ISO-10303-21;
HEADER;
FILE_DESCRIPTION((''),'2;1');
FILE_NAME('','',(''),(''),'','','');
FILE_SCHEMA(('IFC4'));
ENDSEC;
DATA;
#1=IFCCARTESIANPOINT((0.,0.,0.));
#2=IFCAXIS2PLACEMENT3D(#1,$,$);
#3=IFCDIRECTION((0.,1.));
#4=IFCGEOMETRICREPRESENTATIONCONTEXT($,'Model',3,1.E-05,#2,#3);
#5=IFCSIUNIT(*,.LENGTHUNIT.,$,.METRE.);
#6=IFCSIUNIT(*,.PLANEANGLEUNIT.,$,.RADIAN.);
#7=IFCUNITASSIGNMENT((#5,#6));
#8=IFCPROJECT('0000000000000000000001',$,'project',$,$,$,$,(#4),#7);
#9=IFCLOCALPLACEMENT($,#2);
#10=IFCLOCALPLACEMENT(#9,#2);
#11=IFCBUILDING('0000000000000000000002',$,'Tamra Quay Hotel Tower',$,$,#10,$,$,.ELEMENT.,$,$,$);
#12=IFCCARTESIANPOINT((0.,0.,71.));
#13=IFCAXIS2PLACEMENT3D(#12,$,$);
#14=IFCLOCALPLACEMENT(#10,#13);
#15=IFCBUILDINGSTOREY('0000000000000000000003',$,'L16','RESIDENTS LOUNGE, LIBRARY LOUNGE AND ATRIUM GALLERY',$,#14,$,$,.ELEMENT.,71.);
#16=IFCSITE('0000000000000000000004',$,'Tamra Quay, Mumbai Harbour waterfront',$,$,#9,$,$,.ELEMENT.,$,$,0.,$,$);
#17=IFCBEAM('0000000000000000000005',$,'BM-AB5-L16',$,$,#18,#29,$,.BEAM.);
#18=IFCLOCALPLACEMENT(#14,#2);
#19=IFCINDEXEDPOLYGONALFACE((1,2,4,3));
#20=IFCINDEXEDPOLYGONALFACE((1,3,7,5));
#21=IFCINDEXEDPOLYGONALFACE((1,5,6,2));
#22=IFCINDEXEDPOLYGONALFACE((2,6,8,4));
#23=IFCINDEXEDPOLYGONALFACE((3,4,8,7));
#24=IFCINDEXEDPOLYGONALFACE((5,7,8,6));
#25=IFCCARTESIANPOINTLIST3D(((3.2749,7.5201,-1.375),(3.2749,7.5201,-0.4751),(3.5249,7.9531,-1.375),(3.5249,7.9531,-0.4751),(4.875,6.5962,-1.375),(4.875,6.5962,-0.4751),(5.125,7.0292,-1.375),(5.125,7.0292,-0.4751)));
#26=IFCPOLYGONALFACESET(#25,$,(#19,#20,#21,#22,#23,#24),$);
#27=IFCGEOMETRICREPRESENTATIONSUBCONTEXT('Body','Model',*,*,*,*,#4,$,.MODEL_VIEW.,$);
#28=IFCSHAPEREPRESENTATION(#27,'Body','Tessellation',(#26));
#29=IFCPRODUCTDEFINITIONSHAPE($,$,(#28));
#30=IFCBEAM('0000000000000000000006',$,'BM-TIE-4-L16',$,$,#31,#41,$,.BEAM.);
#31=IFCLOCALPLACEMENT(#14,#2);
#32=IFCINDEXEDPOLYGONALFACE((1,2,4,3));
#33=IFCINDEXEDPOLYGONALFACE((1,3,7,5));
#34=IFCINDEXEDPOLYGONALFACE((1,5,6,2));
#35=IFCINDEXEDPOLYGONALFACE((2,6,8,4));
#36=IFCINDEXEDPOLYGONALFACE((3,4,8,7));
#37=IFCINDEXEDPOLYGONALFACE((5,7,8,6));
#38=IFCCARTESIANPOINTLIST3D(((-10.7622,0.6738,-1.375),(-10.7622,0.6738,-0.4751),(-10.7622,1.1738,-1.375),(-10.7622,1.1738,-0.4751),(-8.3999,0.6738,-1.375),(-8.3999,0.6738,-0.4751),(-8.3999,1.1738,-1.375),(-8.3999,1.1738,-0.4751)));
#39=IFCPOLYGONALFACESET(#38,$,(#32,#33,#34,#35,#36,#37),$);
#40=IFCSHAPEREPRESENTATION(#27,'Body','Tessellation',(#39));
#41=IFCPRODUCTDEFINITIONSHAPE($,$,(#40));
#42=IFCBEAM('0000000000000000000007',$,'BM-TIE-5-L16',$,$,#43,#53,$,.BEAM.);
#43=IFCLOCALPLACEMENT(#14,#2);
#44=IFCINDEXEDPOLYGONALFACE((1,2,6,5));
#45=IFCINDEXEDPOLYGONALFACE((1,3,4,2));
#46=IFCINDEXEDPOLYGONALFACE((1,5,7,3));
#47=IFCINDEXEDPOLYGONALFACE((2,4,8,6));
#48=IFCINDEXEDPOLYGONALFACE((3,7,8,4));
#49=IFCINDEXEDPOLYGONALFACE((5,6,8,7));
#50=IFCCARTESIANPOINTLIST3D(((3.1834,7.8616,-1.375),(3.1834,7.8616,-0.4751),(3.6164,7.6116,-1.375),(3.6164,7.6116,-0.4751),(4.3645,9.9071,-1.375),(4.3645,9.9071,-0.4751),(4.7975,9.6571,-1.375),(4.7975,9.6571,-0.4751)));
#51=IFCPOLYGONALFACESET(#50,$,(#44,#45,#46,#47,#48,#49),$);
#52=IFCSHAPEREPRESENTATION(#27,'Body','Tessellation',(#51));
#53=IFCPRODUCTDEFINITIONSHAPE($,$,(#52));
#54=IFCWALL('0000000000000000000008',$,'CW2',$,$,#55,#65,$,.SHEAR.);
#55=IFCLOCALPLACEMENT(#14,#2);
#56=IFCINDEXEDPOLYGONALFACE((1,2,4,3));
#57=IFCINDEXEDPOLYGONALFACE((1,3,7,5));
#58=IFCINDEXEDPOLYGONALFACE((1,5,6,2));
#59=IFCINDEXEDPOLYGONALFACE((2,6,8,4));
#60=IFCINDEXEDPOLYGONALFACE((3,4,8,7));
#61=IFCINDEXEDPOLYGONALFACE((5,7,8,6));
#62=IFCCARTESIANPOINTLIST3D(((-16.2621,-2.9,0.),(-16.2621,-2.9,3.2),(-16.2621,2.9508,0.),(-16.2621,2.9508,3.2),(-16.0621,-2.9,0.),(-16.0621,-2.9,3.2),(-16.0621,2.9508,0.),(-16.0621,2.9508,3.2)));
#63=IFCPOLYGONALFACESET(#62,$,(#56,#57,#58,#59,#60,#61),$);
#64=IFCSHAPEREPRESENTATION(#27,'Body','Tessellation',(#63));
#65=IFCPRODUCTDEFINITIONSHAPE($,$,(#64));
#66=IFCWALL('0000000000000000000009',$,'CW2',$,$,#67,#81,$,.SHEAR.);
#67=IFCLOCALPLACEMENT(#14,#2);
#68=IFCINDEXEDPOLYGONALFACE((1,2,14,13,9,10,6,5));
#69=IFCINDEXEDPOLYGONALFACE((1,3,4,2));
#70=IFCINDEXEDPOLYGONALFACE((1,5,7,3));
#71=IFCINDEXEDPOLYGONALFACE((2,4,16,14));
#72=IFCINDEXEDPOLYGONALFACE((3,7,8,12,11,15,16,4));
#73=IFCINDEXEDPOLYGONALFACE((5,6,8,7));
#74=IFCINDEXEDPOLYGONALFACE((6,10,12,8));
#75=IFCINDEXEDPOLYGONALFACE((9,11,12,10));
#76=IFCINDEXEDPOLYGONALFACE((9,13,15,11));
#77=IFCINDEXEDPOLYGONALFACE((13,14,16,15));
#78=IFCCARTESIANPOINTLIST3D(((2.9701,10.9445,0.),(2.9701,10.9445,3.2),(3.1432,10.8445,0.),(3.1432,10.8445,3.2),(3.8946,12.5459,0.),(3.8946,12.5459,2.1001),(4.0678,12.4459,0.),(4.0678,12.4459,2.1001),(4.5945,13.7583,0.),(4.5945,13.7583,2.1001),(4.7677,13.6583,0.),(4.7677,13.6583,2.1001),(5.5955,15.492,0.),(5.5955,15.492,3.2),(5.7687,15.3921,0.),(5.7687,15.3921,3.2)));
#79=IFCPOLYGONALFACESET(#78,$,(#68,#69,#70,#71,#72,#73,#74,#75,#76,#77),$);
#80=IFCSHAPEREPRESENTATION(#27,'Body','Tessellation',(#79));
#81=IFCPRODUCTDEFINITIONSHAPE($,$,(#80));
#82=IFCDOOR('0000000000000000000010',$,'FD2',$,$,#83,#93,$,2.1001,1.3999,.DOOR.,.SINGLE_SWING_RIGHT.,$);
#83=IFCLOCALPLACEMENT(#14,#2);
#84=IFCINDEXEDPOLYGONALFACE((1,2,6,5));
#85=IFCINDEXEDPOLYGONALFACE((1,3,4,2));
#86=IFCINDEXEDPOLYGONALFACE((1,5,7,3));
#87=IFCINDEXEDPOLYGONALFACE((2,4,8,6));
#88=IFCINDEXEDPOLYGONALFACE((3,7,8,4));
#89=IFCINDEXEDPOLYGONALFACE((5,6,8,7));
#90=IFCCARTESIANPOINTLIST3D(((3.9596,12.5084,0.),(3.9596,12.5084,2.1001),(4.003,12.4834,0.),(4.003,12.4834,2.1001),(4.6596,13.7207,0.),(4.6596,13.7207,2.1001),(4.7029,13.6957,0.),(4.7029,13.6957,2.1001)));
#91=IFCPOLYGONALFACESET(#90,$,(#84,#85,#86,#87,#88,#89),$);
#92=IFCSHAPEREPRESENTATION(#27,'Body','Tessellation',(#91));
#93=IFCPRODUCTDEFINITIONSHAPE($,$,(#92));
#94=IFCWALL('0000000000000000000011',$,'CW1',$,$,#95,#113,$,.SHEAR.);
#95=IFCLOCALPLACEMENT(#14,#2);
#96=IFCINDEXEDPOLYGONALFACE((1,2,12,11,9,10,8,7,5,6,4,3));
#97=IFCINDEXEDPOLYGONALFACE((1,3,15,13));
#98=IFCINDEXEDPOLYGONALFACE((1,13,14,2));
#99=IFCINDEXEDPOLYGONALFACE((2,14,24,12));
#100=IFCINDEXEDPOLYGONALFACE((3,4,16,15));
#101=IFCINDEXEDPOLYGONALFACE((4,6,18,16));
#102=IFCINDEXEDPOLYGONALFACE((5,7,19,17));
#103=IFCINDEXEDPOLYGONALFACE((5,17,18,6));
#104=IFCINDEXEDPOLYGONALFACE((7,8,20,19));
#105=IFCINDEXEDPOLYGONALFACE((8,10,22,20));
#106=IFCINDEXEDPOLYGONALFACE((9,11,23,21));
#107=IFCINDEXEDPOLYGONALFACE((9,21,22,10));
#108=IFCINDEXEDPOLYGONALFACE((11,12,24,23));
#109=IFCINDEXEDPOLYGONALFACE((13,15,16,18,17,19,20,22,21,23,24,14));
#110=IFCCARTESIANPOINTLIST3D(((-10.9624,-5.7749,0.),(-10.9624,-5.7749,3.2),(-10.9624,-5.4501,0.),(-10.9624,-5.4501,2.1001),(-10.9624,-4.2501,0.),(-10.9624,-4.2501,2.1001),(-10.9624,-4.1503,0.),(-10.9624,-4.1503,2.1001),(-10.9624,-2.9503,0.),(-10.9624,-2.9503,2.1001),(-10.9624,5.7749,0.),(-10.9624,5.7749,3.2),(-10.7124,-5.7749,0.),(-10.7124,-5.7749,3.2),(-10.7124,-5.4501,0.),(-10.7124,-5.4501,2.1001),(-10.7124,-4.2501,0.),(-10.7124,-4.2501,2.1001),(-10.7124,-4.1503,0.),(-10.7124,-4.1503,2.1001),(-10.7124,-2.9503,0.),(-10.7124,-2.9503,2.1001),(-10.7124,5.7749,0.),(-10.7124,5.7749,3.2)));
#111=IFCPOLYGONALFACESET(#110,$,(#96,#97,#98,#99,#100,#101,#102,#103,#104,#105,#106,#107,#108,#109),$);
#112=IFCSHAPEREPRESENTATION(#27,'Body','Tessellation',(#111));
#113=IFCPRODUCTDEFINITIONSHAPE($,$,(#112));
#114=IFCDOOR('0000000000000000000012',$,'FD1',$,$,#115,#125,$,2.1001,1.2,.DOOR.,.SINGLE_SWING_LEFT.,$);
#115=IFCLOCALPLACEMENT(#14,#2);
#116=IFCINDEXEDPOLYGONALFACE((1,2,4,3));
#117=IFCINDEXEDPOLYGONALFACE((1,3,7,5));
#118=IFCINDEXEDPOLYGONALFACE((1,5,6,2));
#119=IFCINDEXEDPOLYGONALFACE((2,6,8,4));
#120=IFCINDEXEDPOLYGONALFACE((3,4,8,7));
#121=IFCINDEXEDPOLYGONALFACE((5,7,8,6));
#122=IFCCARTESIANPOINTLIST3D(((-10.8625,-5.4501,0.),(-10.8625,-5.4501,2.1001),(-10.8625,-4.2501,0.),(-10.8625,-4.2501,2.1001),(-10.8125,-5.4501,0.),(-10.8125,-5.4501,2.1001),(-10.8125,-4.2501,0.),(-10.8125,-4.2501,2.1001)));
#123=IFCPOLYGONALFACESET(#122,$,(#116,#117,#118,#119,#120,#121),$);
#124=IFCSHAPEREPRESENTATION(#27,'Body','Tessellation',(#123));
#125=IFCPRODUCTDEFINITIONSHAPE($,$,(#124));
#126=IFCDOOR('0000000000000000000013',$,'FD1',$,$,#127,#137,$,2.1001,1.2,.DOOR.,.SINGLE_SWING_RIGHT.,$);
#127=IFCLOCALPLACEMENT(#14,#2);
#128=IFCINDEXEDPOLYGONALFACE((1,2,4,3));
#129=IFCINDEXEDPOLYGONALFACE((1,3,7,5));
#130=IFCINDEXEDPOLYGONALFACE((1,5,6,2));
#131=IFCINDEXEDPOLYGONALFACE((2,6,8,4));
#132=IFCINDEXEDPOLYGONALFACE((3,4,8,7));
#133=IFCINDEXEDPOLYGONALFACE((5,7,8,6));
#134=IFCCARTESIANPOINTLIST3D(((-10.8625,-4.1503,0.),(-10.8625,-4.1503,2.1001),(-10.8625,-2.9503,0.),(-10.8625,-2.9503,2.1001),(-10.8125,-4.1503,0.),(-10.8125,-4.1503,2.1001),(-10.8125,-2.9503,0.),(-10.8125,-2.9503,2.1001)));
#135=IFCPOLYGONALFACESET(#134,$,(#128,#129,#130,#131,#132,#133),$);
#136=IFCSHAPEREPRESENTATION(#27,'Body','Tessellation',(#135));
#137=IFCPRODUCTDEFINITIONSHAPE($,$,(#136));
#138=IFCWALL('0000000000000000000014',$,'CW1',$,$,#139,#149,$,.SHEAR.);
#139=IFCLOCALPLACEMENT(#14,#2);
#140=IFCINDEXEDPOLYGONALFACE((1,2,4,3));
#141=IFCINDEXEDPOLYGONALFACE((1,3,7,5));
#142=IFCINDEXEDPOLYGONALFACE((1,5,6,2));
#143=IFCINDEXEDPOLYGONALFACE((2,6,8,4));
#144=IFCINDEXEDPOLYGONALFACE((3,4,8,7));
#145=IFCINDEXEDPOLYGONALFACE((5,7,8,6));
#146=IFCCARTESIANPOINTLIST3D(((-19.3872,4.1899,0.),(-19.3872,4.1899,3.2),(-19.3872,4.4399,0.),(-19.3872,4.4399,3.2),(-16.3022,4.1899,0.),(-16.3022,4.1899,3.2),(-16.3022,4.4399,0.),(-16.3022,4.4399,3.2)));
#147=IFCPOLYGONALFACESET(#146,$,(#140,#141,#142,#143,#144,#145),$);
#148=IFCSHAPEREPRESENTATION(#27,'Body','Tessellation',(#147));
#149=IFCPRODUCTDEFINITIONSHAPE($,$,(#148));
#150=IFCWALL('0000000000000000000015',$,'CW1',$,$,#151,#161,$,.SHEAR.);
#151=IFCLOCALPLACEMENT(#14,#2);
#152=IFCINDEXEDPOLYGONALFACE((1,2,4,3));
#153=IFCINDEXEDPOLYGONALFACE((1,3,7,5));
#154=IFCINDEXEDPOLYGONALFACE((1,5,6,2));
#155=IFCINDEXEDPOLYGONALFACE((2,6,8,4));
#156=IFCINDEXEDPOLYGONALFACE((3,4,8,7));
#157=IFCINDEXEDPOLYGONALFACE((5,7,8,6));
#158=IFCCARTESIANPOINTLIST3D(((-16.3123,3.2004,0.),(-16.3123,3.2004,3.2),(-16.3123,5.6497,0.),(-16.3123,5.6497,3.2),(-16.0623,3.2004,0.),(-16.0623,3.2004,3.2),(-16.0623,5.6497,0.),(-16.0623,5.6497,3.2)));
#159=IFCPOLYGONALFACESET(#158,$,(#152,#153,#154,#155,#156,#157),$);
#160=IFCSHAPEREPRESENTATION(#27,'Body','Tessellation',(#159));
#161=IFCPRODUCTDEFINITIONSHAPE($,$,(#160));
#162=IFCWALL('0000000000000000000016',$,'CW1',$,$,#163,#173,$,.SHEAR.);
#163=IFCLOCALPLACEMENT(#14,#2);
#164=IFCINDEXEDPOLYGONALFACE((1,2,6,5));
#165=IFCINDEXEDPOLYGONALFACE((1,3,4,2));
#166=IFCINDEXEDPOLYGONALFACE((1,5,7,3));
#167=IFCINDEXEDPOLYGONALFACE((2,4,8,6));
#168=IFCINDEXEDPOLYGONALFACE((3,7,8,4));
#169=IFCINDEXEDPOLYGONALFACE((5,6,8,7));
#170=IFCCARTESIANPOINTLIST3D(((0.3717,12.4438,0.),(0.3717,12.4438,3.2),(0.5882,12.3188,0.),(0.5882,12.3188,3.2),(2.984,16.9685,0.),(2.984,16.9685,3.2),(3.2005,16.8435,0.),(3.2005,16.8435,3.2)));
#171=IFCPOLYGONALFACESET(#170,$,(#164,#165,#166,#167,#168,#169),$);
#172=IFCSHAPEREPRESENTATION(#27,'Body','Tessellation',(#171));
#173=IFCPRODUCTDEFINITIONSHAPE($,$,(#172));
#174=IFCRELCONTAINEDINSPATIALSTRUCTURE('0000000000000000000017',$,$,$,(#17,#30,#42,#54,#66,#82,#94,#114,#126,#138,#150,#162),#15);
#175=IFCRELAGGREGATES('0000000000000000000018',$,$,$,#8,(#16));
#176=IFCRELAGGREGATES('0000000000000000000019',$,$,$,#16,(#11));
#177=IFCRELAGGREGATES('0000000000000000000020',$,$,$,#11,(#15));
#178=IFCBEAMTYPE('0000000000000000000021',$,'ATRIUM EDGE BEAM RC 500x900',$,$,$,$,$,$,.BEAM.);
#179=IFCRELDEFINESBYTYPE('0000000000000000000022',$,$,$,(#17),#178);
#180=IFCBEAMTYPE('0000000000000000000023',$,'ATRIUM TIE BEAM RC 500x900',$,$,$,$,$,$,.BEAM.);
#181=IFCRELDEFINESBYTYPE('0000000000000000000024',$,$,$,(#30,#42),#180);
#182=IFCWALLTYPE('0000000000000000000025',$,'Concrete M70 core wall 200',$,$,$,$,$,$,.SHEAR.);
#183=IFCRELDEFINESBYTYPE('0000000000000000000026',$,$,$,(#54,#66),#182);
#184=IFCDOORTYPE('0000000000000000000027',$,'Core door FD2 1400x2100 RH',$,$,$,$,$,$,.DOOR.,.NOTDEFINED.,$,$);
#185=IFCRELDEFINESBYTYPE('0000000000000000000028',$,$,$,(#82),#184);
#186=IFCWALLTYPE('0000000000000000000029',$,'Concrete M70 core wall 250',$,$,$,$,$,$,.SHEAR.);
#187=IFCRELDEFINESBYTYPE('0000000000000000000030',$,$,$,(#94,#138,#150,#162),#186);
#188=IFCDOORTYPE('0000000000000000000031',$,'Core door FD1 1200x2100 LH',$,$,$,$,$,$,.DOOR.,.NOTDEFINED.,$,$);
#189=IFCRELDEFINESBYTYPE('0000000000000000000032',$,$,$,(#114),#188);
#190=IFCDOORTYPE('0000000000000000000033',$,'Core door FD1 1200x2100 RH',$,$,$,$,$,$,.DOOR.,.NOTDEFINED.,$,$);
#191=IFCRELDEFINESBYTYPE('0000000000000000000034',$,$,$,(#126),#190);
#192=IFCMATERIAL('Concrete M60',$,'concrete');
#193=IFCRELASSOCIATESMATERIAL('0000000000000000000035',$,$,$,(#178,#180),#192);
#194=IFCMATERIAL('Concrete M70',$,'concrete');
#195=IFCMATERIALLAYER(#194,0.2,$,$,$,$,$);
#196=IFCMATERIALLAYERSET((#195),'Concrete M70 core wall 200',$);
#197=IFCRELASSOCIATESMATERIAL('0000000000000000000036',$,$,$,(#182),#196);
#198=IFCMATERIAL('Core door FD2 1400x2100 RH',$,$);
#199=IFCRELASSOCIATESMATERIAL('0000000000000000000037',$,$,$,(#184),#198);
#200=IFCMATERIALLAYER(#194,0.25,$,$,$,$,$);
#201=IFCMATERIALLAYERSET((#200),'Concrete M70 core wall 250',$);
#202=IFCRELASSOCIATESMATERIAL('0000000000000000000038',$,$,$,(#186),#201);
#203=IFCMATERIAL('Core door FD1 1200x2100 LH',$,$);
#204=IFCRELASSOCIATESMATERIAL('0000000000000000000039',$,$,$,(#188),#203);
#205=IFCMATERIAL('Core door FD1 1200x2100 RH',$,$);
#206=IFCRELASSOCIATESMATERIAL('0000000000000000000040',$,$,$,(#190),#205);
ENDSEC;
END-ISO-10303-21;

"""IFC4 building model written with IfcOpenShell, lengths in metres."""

from ifc_helpers import new_model, si_unit, direction, frame, frame_2d, origin, origin_2d, place, context, subcontext, project, spatial, rectangle, extrude, material, layer, layer_set, material_profile, profile_set, type_object, element, fill, save


model = new_model("IFC4")

# Units and contexts
model_context = context("Model", 3, precision=1e-05, world=origin(), true_north=direction((0.0, 1.0)))
body_context = subcontext(model_context, "Body", "Model", "MODEL_VIEW")
ifc_project = project(units=[si_unit("LENGTHUNIT", "METRE"), si_unit("PLANEANGLEUNIT", "RADIAN")], contexts=[model_context])

# Site, building, storey
site_placement = place(None, origin())
site = spatial("IfcSite", under=ifc_project, at=site_placement, Name="Tamra Quay, Mumbai Harbour waterfront", CompositionType="ELEMENT", RefElevation=0.0)
building_placement = place(site_placement, origin())
building = spatial("IfcBuilding", under=site, at=building_placement, Name="Tamra Quay Hotel Tower", CompositionType="ELEMENT")
storey_placement = place(building_placement, frame((0.0, 0.0, 71.0)))
storey = spatial("IfcBuildingStorey", under=building, at=storey_placement, Name="L16", Description="RESIDENTS LOUNGE, LIBRARY LOUNGE AND ATRIUM GALLERY", CompositionType="ELEMENT", Elevation=71.0)

# Beams
ifc_material_1 = material(Name="Concrete M60", Category="concrete")
ifc_material_profile_1 = material_profile(ifc_material_1, rectangle(XDim=0.5, YDim=0.8999, at=origin_2d()), Name="ATRIUM EDGE BEAM RC 500x900")
ifc_profile_set_1 = profile_set([ifc_material_profile_1], Name="Concrete M60")
beam_type_1 = type_object("IfcBeamType", Name="ATRIUM EDGE BEAM RC 500x900", PredefinedType="BEAM", material=ifc_profile_set_1)
beam_1_placement = place(storey_placement, frame((3.3999, 7.7366, -0.925), z_axis=(0.866023, -0.500005, 0.0), x_axis=(0.500005, 0.866023, 0.0)))
element("IfcBeam", 1, at=beam_1_placement, inside=storey, type_object=beam_type_1, Name="BM-AB5-L16", PredefinedType="BEAM", context=body_context, shape_type="SweptSolid", body=[
    extrude(rectangle(XDim=0.5, YDim=0.8999, at=origin_2d()), origin(), (0.0, 0.0, 1.0), 1.8477),
])
ifc_material_profile_2 = material_profile(ifc_material_1, rectangle(XDim=0.5, YDim=0.8999, at=origin_2d()), Name="ATRIUM TIE BEAM RC 500x900")
ifc_profile_set_2 = profile_set([ifc_material_profile_2], Name="Concrete M60")
beam_type_2 = type_object("IfcBeamType", Name="ATRIUM TIE BEAM RC 500x900", PredefinedType="BEAM", material=ifc_profile_set_2)
beam_2_placement = place(storey_placement, frame((-8.3999, 0.9238, -0.925), z_axis=(-1.0, 0.0, 0.0), x_axis=(0.0, -1.0, 0.0)))
element("IfcBeam", 2, at=beam_2_placement, inside=storey, type_object=beam_type_2, Name="BM-TIE-4-L16", PredefinedType="BEAM", context=body_context, shape_type="SweptSolid", body=[
    extrude(rectangle(XDim=0.5, YDim=0.8999, at=origin_2d()), origin(), (0.0, 0.0, 1.0), 2.3623),
])
beam_3_placement = place(storey_placement, frame((3.3999, 7.7366, -0.925), z_axis=(0.50003, 0.866008, 0.0), x_axis=(-0.866008, 0.50003, 0.0)))
element("IfcBeam", 3, at=beam_3_placement, inside=storey, type_object=beam_type_2, Name="BM-TIE-5-L16", PredefinedType="BEAM", context=body_context, shape_type="SweptSolid", body=[
    extrude(rectangle(XDim=0.5, YDim=0.8999, at=origin_2d()), origin(), (0.0, 0.0, 1.0), 2.3621),
])

# Wall
ifc_material_2 = material(Name="Concrete M70", Category="concrete")
ifc_layer_1 = layer(ifc_material_2, 0.2)
ifc_layer_set_1 = layer_set([ifc_layer_1], Name="Concrete M70 core wall 200")
wall_type_1 = type_object("IfcWallType", Name="Concrete M70 core wall 200", PredefinedType="SHEAR", material=ifc_layer_set_1)
wall_1_placement = place(storey_placement, frame((-16.1621, 2.9507, 0.0), z_axis=(0.0, 0.0, 1.0), x_axis=(0.0, -1.0, 0.0)))
element("IfcWall", 4, at=wall_1_placement, inside=storey, type_object=wall_type_1, Name="CW2", PredefinedType="SHEAR", context=body_context, shape_type="SweptSolid", body=[
    extrude(rectangle(XDim=5.8508, YDim=0.2, at=frame_2d((2.9253, 0.0))), origin(), (0.0, 0.0, 1.0), 3.2),
])

# Wall, opening, door
wall_2_placement = place(storey_placement, frame((3.0566, 10.8945, 0.0), z_axis=(0.0, 0.0, 1.0), x_axis=(0.499989, 0.866032, 0.0)))
wall_2 = element("IfcWall", 5, at=wall_2_placement, inside=storey, type_object=wall_type_1, Name="CW2", PredefinedType="SHEAR", context=body_context, shape_type="SweptSolid", body=[
    extrude(rectangle(XDim=5.251, YDim=0.2, at=frame_2d((2.6255, 0.0))), origin(), (0.0, 0.0, 1.0), 3.2),
])
opening_1_placement = place(wall_2_placement, frame((1.8491, 0.0, 0.0)))
opening_1 = element("IfcOpeningElement", 6, at=opening_1_placement, cuts=wall_2, PredefinedType="OPENING", context=body_context, shape_type="SweptSolid", body=[
    extrude(rectangle(XDim=1.3999, YDim=2.1001, at=frame_2d((0.7, 1.05))), frame((0.0, 0.1099, 0.0), z_axis=(0.0, -1.0, 0.0), x_axis=(1.0, 0.0, 0.0)), (0.0, 0.0, 1.0), 0.22),
])
ifc_material_3 = material(Name="Core door FD2 1400x2100 RH")
door_type_1 = type_object("IfcDoorType", Name="Core door FD2 1400x2100 RH", OperationType="NOTDEFINED", PredefinedType="DOOR", material=ifc_material_3)
door_1_placement = place(opening_1_placement, origin())
door_1 = element("IfcDoor", 7, at=door_1_placement, inside=storey, type_object=door_type_1, Name="FD2", OperationType="SINGLE_SWING_RIGHT", OverallHeight=2.1001, OverallWidth=1.3999, PredefinedType="DOOR", context=body_context, shape_type="SweptSolid", body=[
    extrude(rectangle(XDim=1.3999, YDim=2.1001, at=frame_2d((0.7, 1.05))), frame((0.0, 0.0249, 0.0), z_axis=(0.0, -1.0, 0.0), x_axis=(1.0, 0.0, 0.0)), (0.0, 0.0, 1.0), 0.05),
])
fill(opening_1, door_1)

# Wall, openings, doors
ifc_layer_2 = layer(ifc_material_2, 0.25)
ifc_layer_set_2 = layer_set([ifc_layer_2], Name="Concrete M70 core wall 250")
wall_type_2 = type_object("IfcWallType", Name="Concrete M70 core wall 250", PredefinedType="SHEAR", material=ifc_layer_set_2)
wall_3_placement = place(storey_placement, frame((-10.8374, 5.7749, 0.0), z_axis=(0.0, 0.0, 1.0), x_axis=(0.0, -1.0, 0.0)))
wall_3 = element("IfcWall", 8, at=wall_3_placement, inside=storey, type_object=wall_type_2, Name="CW1", PredefinedType="SHEAR", context=body_context, shape_type="SweptSolid", body=[
    extrude(rectangle(XDim=11.5498, YDim=0.25, at=frame_2d((5.7749, 0.0))), origin(), (0.0, 0.0, 1.0), 3.2),
])
opening_2_placement = place(wall_3_placement, frame((10.0249, 0.0, 0.0)))
opening_2 = element("IfcOpeningElement", 9, at=opening_2_placement, cuts=wall_3, PredefinedType="OPENING", context=body_context, shape_type="SweptSolid", body=[
    extrude(rectangle(XDim=1.2, YDim=2.1001, at=frame_2d((0.6001, 1.05))), frame((0.0, 0.135, 0.0), z_axis=(0.0, -1.0, 0.0), x_axis=(1.0, 0.0, 0.0)), (0.0, 0.0, 1.0), 0.27),
])
opening_3_placement = place(wall_3_placement, frame((8.7251, 0.0, 0.0)))
opening_3 = element("IfcOpeningElement", 10, at=opening_3_placement, cuts=wall_3, PredefinedType="OPENING", context=body_context, shape_type="SweptSolid", body=[
    extrude(rectangle(XDim=1.2, YDim=2.1001, at=frame_2d((0.6001, 1.05))), frame((0.0, 0.135, 0.0), z_axis=(0.0, -1.0, 0.0), x_axis=(1.0, 0.0, 0.0)), (0.0, 0.0, 1.0), 0.27),
])
ifc_material_4 = material(Name="Core door FD1 1200x2100 LH")
door_type_2 = type_object("IfcDoorType", Name="Core door FD1 1200x2100 LH", OperationType="NOTDEFINED", PredefinedType="DOOR", material=ifc_material_4)
door_2_placement = place(opening_2_placement, origin())
door_2 = element("IfcDoor", 11, at=door_2_placement, inside=storey, type_object=door_type_2, Name="FD1", OperationType="SINGLE_SWING_LEFT", OverallHeight=2.1001, OverallWidth=1.2, PredefinedType="DOOR", context=body_context, shape_type="SweptSolid", body=[
    extrude(rectangle(XDim=1.2, YDim=2.1001, at=frame_2d((0.6001, 1.05))), frame((0.0, 0.0249, 0.0), z_axis=(0.0, -1.0, 0.0), x_axis=(1.0, 0.0, 0.0)), (0.0, 0.0, 1.0), 0.05),
])
fill(opening_2, door_2)
ifc_material_5 = material(Name="Core door FD1 1200x2100 RH")
door_type_3 = type_object("IfcDoorType", Name="Core door FD1 1200x2100 RH", OperationType="NOTDEFINED", PredefinedType="DOOR", material=ifc_material_5)
door_3_placement = place(opening_3_placement, origin())
door_3 = element("IfcDoor", 12, at=door_3_placement, inside=storey, type_object=door_type_3, Name="FD1", OperationType="SINGLE_SWING_RIGHT", OverallHeight=2.1001, OverallWidth=1.2, PredefinedType="DOOR", context=body_context, shape_type="SweptSolid", body=[
    extrude(rectangle(XDim=1.2, YDim=2.1001, at=frame_2d((0.6001, 1.05))), frame((0.0, 0.0249, 0.0), z_axis=(0.0, -1.0, 0.0), x_axis=(1.0, 0.0, 0.0)), (0.0, 0.0, 1.0), 0.05),
])
fill(opening_3, door_3)

# Walls
wall_4_placement = place(storey_placement, frame((-16.3022, 4.3149, 0.0), z_axis=(0.0, 0.0, 1.0), x_axis=(-1.0, 0.0, 0.0)))
element("IfcWall", 13, at=wall_4_placement, inside=storey, type_object=wall_type_2, Name="CW1", PredefinedType="SHEAR", context=body_context, shape_type="SweptSolid", body=[
    extrude(rectangle(XDim=3.085, YDim=0.25, at=frame_2d((1.5425, 0.0))), origin(), (0.0, 0.0, 1.0), 3.2),
])
wall_5_placement = place(storey_placement, frame((-16.1873, 3.2004, 0.0), z_axis=(0.0, 0.0, 1.0), x_axis=(0.0, 1.0, 0.0)))
element("IfcWall", 14, at=wall_5_placement, inside=storey, type_object=wall_type_2, Name="CW1", PredefinedType="SHEAR", context=body_context, shape_type="SweptSolid", body=[
    extrude(rectangle(XDim=2.4492, YDim=0.25, at=frame_2d((1.2246, 0.0))), origin(), (0.0, 0.0, 1.0), 3.2),
])
wall_6_placement = place(storey_placement, frame((0.48, 12.3813, 0.0), z_axis=(0.0, 0.0, 1.0), x_axis=(0.499999, 0.866026, 0.0)))
element("IfcWall", 15, at=wall_6_placement, inside=storey, type_object=wall_type_2, Name="CW1", PredefinedType="SHEAR", context=body_context, shape_type="SweptSolid", body=[
    extrude(rectangle(XDim=5.2246, YDim=0.25, at=frame_2d((2.6123, 0.0))), origin(), (0.0, 0.0, 1.0), 3.2),
])

save(model, "model.ifc")
